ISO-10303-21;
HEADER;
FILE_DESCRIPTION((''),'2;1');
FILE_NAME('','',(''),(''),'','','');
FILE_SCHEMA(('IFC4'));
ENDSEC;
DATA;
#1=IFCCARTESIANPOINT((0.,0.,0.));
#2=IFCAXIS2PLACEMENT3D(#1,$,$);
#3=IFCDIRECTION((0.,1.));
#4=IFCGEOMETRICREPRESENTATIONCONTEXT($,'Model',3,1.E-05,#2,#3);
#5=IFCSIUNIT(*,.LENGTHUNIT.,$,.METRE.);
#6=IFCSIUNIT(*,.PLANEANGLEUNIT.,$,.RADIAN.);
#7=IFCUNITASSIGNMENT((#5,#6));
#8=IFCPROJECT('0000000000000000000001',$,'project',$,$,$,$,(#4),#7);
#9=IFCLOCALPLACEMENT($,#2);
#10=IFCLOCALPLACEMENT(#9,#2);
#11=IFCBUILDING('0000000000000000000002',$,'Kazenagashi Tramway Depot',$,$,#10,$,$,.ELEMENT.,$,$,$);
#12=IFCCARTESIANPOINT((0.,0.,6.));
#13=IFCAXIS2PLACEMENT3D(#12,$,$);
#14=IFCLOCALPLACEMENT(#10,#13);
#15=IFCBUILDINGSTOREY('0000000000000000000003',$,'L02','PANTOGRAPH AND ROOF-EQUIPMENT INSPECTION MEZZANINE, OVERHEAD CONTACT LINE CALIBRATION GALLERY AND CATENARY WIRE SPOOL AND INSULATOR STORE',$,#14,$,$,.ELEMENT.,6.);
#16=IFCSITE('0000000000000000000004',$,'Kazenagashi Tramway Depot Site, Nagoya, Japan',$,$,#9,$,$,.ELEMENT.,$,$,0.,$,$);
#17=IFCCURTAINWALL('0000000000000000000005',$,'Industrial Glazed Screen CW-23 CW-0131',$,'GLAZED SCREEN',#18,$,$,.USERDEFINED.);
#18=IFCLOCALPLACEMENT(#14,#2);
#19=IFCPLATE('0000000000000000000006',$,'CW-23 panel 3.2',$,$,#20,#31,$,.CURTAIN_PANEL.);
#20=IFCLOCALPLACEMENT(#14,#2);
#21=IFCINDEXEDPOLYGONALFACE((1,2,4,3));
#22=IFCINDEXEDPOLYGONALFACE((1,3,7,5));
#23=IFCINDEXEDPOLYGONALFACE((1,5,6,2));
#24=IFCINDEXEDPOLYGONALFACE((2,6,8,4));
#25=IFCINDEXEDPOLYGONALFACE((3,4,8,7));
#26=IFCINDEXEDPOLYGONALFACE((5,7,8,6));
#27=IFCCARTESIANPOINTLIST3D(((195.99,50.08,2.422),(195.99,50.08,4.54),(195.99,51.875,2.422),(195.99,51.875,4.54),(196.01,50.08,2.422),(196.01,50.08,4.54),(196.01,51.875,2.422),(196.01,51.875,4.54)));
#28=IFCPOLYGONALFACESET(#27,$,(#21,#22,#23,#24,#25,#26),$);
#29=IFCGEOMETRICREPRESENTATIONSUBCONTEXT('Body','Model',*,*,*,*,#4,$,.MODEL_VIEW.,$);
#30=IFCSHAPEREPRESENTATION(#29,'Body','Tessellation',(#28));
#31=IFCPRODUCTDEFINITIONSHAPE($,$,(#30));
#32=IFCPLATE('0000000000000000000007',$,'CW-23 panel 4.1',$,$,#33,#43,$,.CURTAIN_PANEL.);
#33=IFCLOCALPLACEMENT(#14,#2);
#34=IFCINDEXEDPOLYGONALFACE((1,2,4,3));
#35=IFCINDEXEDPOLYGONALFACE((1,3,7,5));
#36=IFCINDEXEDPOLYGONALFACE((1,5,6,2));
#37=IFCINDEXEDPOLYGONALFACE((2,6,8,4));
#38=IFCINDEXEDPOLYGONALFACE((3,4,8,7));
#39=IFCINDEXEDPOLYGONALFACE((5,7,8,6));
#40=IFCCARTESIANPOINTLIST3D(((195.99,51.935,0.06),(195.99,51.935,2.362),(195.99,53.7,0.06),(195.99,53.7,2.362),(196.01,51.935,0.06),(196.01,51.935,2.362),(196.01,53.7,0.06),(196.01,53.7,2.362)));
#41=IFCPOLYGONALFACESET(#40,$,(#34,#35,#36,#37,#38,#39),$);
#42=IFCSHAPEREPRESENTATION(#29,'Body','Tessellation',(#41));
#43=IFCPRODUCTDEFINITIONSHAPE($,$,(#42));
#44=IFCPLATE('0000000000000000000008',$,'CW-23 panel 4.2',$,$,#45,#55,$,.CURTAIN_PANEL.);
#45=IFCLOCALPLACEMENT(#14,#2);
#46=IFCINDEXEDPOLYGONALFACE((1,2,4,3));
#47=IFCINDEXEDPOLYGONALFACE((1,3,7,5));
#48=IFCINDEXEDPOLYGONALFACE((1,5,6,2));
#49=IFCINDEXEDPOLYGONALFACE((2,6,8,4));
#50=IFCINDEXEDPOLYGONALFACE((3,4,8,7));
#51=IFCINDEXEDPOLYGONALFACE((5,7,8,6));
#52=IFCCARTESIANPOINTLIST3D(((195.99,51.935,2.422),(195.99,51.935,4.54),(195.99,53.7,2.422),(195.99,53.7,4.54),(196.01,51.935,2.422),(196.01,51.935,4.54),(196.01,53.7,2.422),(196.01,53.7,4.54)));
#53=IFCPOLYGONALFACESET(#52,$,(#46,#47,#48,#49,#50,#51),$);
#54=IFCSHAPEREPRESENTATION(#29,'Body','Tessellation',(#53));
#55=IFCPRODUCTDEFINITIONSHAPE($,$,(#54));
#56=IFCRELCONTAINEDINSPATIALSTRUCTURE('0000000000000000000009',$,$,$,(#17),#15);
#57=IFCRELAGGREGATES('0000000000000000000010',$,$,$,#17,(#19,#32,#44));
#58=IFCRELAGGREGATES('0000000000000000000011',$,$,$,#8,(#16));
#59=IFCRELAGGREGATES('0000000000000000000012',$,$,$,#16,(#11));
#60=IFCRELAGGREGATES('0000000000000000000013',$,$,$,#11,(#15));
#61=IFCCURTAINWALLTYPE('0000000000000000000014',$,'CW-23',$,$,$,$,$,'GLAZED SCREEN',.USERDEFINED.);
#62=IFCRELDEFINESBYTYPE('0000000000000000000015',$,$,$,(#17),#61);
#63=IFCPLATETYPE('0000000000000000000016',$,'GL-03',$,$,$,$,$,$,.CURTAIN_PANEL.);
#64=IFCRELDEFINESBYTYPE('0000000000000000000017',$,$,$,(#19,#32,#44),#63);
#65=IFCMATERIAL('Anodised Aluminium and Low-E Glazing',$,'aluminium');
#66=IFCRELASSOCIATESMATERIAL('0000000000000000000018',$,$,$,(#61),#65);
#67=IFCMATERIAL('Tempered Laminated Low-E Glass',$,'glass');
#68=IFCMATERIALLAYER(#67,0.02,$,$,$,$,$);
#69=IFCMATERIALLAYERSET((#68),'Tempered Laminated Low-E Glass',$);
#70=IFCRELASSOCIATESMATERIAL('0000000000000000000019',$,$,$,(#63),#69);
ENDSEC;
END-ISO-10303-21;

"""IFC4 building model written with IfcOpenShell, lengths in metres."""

from ifc_helpers import new_model, si_unit, direction, frame, origin, origin_2d, place, context, subcontext, project, spatial, rectangle, extrude, material, layer, layer_set, type_object, element, aggregate, save


model = new_model("IFC4")

# Units and contexts
model_context = context("Model", 3, precision=1e-05, world=origin(), true_north=direction((0.0, 1.0)))
body_context = subcontext(model_context, "Body", "Model", "MODEL_VIEW")
ifc_project = project(units=[si_unit("LENGTHUNIT", "METRE"), si_unit("PLANEANGLEUNIT", "RADIAN")], contexts=[model_context])

# Site, building, storey
site_placement = place(None, origin())
site = spatial("IfcSite", under=ifc_project, at=site_placement, Name="Kazenagashi Tramway Depot Site, Nagoya, Japan", CompositionType="ELEMENT", RefElevation=0.0)
building_placement = place(site_placement, origin())
building = spatial("IfcBuilding", under=site, at=building_placement, Name="Kazenagashi Tramway Depot", CompositionType="ELEMENT")
storey_placement = place(building_placement, frame((0.0, 0.0, 6.0)))
storey = spatial("IfcBuildingStorey", under=building, at=storey_placement, Name="L02", Description="PANTOGRAPH AND ROOF-EQUIPMENT INSPECTION MEZZANINE, OVERHEAD CONTACT LINE CALIBRATION GALLERY AND CATENARY WIRE SPOOL AND INSULATOR STORE", CompositionType="ELEMENT", Elevation=6.0)

# Curtain wall
ifc_material_1 = material(Name="Anodised Aluminium and Low-E Glazing", Category="aluminium")
curtain_wall_type = type_object("IfcCurtainWallType", Name="CW-23", ElementType="GLAZED SCREEN", PredefinedType="USERDEFINED", material=ifc_material_1)
curtain_wall_1_placement = place(storey_placement, origin())
curtain_wall_1 = element("IfcCurtainWall", 1, at=curtain_wall_1_placement, inside=storey, type_object=curtain_wall_type, Name="Industrial Glazed Screen CW-23 CW-0131", ObjectType="GLAZED SCREEN", PredefinedType="USERDEFINED")

# Plates
ifc_material_2 = material(Name="Tempered Laminated Low-E Glass", Category="glass")
ifc_layer = layer(ifc_material_2, 0.02)
ifc_layer_set = layer_set([ifc_layer], Name="Tempered Laminated Low-E Glass")
plate_type = type_object("IfcPlateType", Name="GL-03", PredefinedType="CURTAIN_PANEL", material=ifc_layer_set)
plate_1_placement = place(storey_placement, frame((196.0, 50.9775, 2.422), z_axis=(0.0, 0.0, 1.0), x_axis=(0.0, 1.0, 0.0)))
plate_1 = element("IfcPlate", 2, at=plate_1_placement, type_object=plate_type, Name="CW-23 panel 3.2", PredefinedType="CURTAIN_PANEL", context=body_context, shape_type="SweptSolid", body=[
    extrude(rectangle(XDim=1.795, YDim=0.02, at=origin_2d()), origin(), (0.0, 0.0, 1.0), 2.118),
])
plate_2_placement = place(storey_placement, frame((196.0, 52.8175, 0.06), z_axis=(0.0, 0.0, 1.0), x_axis=(0.0, 1.0, 0.0)))
plate_2 = element("IfcPlate", 3, at=plate_2_placement, type_object=plate_type, Name="CW-23 panel 4.1", PredefinedType="CURTAIN_PANEL", context=body_context, shape_type="SweptSolid", body=[
    extrude(rectangle(XDim=1.765, YDim=0.02, at=origin_2d()), origin(), (0.0, 0.0, 1.0), 2.302),
])
plate_3_placement = place(storey_placement, frame((196.0, 52.8175, 2.422), z_axis=(0.0, 0.0, 1.0), x_axis=(0.0, 1.0, 0.0)))
plate_3 = element("IfcPlate", 4, at=plate_3_placement, type_object=plate_type, Name="CW-23 panel 4.2", PredefinedType="CURTAIN_PANEL", context=body_context, shape_type="SweptSolid", body=[
    extrude(rectangle(XDim=1.765, YDim=0.02, at=origin_2d()), origin(), (0.0, 0.0, 1.0), 2.118),
])
aggregate(curtain_wall_1, [plate_1, plate_2, plate_3])

save(model, "model.ifc")
